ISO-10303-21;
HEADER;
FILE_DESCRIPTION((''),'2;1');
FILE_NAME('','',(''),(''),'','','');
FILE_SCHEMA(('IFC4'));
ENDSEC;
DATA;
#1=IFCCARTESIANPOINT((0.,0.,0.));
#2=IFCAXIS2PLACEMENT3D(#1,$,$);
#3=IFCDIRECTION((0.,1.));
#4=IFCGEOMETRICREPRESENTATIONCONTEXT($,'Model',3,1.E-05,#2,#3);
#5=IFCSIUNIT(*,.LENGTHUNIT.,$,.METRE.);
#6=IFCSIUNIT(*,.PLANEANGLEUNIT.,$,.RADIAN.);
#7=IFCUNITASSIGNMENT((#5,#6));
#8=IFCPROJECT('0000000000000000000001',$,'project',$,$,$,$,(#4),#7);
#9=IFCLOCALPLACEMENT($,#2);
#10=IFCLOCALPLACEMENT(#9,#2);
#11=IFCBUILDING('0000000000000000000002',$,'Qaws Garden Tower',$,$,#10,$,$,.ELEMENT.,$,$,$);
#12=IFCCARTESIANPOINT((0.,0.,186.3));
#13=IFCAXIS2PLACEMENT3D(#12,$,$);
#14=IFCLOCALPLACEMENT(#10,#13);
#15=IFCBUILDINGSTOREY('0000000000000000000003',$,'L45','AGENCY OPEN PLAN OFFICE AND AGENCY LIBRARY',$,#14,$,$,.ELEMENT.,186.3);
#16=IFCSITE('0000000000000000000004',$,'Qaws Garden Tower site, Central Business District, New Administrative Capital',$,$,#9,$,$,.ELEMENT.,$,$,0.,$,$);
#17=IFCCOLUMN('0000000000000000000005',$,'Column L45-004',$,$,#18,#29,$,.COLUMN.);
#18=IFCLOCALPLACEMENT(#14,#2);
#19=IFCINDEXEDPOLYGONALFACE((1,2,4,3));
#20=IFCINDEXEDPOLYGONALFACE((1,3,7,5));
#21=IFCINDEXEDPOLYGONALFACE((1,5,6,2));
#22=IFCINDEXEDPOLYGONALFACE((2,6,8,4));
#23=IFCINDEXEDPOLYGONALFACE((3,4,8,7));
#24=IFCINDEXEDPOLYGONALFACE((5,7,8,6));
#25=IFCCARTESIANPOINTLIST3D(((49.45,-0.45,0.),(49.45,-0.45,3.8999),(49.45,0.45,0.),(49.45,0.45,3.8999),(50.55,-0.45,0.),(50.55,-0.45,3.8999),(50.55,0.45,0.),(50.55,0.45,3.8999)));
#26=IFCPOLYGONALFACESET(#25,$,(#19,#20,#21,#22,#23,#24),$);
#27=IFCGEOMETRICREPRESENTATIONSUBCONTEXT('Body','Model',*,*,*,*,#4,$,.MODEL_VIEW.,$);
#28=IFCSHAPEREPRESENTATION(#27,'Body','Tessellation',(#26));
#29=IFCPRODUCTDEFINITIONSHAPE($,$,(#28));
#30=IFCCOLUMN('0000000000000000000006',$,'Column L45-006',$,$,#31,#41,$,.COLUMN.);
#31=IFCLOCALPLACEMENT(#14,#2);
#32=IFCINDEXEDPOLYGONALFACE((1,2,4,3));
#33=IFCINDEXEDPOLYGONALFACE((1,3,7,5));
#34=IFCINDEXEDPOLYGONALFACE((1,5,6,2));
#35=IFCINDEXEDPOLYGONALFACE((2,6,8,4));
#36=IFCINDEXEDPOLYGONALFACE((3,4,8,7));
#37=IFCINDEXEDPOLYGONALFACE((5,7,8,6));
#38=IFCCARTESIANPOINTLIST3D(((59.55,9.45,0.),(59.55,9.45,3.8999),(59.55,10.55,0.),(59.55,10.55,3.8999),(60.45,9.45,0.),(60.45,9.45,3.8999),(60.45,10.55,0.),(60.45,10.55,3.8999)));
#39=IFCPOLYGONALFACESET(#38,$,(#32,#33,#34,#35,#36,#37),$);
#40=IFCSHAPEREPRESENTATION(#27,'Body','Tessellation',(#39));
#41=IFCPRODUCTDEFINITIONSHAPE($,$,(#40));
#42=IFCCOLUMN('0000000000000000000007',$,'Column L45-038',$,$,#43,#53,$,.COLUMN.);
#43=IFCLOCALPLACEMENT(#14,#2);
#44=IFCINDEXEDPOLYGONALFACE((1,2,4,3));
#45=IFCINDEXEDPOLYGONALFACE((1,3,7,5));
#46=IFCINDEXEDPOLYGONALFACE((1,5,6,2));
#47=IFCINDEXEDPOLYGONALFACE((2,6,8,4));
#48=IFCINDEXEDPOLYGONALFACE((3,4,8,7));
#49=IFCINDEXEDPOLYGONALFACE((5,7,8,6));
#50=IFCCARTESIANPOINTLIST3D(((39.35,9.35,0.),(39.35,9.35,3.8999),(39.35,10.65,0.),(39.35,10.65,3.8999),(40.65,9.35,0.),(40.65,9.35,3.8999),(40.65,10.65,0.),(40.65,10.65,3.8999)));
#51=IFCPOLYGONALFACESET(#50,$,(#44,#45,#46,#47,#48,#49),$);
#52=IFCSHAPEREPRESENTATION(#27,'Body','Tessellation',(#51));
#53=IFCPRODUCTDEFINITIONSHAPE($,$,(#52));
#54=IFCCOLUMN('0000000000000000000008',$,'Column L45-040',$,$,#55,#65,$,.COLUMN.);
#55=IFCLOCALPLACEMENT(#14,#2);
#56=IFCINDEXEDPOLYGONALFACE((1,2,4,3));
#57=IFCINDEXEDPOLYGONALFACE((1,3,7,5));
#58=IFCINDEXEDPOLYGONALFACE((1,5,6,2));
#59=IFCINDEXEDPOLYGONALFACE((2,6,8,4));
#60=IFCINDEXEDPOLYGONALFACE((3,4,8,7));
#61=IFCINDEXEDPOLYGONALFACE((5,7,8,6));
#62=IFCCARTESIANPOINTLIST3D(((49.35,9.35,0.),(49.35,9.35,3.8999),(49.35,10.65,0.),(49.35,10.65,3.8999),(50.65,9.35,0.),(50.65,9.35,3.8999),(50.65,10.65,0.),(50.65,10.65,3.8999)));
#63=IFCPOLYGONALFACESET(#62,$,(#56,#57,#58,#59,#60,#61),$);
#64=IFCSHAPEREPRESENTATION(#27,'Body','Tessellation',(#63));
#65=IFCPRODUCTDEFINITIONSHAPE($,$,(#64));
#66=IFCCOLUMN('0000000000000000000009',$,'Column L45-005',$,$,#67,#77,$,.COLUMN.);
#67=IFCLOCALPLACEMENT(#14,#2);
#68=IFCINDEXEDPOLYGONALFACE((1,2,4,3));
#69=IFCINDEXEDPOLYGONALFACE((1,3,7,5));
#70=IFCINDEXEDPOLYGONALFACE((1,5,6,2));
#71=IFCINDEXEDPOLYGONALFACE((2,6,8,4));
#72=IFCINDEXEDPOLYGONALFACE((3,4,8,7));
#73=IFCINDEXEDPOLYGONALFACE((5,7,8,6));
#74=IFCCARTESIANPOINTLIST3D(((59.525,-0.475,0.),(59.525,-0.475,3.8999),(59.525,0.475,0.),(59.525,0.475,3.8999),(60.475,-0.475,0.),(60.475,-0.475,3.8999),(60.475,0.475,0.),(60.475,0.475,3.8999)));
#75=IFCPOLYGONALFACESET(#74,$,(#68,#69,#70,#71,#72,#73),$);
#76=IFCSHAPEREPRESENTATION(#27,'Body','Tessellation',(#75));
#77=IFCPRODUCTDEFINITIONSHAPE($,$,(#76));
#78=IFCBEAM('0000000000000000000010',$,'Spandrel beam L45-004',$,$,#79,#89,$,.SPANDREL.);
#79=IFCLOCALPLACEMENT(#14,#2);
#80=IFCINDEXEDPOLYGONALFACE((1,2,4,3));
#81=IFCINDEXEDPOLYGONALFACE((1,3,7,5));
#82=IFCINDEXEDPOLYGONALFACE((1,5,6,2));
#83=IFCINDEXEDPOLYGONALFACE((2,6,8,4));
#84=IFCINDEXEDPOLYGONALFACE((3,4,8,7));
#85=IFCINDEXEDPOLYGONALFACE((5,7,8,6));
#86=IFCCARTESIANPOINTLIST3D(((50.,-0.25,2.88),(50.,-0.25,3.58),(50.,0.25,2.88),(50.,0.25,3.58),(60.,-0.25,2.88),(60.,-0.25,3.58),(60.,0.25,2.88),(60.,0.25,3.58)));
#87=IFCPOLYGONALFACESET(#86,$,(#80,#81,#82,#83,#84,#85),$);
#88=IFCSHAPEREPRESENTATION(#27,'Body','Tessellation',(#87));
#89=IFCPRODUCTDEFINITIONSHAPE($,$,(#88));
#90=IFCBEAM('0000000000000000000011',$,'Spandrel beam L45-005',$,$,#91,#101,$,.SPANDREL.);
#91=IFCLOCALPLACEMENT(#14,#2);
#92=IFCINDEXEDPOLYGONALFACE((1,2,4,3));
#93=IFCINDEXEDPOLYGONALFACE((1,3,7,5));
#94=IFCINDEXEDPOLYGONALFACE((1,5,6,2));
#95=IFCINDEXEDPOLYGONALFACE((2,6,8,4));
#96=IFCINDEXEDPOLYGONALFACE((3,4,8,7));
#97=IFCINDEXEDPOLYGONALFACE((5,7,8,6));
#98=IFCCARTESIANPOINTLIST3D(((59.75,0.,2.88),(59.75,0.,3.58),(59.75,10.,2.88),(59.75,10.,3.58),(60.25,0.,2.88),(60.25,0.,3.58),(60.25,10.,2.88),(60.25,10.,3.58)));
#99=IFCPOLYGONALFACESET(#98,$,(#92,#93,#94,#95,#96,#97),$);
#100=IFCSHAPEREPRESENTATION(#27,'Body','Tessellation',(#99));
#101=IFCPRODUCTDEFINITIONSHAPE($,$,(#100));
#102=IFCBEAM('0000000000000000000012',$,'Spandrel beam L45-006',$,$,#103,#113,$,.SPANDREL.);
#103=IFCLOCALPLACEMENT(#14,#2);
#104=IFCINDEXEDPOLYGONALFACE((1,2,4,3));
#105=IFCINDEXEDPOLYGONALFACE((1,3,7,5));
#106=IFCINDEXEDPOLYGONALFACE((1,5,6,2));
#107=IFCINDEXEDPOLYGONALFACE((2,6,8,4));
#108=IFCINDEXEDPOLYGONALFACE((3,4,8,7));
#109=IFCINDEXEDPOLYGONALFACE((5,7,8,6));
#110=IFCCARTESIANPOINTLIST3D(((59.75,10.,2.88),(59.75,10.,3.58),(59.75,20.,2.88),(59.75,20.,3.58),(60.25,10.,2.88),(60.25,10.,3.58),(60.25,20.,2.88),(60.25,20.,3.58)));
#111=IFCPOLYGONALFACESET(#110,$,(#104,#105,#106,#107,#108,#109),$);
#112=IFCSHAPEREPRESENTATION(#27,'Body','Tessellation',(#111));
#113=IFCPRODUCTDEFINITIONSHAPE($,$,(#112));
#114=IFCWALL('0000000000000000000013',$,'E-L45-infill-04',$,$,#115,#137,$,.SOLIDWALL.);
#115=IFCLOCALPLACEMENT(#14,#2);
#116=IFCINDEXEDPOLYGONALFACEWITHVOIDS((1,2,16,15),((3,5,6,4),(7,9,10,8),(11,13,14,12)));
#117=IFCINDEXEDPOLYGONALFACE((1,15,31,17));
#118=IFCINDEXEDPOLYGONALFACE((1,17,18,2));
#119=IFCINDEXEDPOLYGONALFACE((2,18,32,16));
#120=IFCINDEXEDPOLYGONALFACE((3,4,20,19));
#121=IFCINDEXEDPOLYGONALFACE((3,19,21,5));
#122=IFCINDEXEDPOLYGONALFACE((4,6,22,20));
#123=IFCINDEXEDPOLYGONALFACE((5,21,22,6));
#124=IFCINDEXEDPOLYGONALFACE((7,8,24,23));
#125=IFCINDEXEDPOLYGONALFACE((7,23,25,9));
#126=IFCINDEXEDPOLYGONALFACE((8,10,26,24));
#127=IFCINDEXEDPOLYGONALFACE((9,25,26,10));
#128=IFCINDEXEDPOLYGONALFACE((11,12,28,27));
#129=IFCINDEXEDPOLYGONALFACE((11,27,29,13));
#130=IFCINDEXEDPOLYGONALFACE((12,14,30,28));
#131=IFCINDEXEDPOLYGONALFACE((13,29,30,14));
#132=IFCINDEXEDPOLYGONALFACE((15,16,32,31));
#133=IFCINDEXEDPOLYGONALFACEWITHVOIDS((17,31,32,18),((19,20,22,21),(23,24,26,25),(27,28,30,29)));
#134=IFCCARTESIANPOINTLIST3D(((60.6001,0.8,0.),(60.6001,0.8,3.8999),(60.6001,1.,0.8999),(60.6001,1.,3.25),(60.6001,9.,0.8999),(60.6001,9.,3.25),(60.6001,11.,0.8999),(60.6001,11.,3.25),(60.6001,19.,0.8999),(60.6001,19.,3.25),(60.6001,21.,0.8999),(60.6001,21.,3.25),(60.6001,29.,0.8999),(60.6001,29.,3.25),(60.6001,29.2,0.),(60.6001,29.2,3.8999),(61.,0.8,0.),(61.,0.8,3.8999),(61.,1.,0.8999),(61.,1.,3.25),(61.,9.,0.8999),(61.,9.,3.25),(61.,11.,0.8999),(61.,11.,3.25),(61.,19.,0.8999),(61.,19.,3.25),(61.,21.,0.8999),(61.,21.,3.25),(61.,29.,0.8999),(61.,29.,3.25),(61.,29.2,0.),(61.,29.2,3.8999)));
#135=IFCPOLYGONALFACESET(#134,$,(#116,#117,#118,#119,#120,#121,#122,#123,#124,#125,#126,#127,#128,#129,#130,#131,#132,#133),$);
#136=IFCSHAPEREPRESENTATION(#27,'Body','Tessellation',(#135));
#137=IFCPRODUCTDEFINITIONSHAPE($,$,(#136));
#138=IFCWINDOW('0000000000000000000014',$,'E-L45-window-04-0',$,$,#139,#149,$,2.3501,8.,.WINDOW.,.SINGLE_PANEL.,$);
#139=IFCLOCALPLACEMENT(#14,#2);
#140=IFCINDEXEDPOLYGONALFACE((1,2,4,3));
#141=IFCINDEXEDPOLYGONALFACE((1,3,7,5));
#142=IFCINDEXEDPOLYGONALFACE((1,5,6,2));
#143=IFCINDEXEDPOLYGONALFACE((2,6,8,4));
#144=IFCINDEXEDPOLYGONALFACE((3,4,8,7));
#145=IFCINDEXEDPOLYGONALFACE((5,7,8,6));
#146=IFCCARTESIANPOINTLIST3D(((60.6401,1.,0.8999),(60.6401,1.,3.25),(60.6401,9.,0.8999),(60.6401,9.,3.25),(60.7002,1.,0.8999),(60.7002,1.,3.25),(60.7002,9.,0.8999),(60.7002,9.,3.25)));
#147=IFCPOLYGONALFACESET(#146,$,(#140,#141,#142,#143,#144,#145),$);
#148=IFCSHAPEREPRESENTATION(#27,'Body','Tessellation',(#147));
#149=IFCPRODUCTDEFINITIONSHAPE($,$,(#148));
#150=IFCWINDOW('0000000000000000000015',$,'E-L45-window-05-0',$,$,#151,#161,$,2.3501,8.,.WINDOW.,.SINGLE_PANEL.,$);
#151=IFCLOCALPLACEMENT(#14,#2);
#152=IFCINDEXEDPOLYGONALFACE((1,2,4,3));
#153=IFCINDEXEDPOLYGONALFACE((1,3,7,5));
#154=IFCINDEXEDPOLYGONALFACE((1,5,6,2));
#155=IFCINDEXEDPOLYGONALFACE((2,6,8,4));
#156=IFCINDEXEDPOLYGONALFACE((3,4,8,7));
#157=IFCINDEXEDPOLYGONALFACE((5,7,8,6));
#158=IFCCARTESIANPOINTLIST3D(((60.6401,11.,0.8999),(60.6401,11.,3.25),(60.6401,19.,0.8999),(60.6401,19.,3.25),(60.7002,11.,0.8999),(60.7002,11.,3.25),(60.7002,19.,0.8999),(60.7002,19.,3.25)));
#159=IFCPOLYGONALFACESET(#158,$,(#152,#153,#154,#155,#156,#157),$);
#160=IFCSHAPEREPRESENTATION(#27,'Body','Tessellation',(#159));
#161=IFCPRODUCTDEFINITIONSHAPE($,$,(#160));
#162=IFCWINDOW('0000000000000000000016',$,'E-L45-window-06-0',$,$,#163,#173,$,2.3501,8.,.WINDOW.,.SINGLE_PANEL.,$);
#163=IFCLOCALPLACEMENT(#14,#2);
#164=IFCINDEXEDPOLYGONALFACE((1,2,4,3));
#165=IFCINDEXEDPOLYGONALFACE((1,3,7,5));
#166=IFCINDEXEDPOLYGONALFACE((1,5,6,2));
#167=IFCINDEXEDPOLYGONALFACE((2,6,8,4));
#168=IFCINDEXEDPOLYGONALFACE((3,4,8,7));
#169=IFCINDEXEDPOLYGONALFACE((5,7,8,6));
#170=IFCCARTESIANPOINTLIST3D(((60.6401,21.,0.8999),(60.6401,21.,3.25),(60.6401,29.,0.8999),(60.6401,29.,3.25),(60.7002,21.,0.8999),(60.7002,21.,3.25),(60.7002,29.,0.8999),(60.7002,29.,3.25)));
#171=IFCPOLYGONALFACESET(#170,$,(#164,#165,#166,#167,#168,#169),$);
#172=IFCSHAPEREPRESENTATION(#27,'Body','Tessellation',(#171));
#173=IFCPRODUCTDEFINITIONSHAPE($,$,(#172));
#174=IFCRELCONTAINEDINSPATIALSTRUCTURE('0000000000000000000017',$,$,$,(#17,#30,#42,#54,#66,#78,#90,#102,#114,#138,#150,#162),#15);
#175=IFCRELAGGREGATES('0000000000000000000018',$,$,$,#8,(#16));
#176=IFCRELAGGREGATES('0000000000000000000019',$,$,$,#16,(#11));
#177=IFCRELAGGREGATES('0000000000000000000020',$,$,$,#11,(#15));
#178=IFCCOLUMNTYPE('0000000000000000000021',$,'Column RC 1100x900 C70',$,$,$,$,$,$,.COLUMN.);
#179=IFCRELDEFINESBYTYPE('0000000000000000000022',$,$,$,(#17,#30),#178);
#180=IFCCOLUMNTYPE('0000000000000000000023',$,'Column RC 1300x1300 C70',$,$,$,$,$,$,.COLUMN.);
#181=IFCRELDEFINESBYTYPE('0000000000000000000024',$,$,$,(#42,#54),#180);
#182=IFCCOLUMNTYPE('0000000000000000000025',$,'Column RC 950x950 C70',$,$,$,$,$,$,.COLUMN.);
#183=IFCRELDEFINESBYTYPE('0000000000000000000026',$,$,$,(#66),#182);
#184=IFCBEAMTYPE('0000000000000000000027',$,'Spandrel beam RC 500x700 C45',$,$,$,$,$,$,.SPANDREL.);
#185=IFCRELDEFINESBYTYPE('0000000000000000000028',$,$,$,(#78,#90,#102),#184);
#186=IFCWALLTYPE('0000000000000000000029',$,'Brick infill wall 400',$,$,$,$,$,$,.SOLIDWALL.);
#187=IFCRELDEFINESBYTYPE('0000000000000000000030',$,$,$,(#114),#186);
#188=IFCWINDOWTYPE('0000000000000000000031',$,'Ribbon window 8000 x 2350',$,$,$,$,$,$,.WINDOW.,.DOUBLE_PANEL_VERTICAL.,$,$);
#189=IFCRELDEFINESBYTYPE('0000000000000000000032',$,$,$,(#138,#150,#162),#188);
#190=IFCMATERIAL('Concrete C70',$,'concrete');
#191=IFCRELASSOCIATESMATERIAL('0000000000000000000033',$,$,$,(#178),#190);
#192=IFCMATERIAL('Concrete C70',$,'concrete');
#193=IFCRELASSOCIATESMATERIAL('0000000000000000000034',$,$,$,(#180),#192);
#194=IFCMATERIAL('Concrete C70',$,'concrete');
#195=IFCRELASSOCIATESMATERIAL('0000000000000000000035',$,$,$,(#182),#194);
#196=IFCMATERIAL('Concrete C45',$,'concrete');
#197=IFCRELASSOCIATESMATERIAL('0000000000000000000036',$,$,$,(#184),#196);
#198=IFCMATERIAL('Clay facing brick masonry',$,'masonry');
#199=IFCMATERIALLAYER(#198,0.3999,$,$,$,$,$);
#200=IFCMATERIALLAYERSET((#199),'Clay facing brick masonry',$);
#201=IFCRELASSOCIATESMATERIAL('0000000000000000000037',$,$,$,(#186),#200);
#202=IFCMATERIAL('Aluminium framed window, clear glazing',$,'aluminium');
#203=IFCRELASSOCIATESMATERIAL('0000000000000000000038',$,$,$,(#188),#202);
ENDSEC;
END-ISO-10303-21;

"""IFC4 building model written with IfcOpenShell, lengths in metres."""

from ifc_helpers import new_model, si_unit, direction, frame, frame_2d, origin, origin_2d, place, context, subcontext, project, spatial, rectangle, extrude, material, layer, layer_set, material_profile, profile_set, type_object, element, fill, save


model = new_model("IFC4")

# Units and contexts
model_context = context("Model", 3, precision=1e-05, world=origin(), true_north=direction((0.0, 1.0)))
body_context = subcontext(model_context, "Body", "Model", "MODEL_VIEW")
ifc_project = project(units=[si_unit("LENGTHUNIT", "METRE"), si_unit("PLANEANGLEUNIT", "RADIAN")], contexts=[model_context])

# Site, building, storey
site_placement = place(None, origin())
site = spatial("IfcSite", under=ifc_project, at=site_placement, Name="Qaws Garden Tower site, Central Business District, New Administrative Capital", CompositionType="ELEMENT", RefElevation=0.0)
building_placement = place(site_placement, origin())
building = spatial("IfcBuilding", under=site, at=building_placement, Name="Qaws Garden Tower", CompositionType="ELEMENT")
storey_placement = place(building_placement, frame((0.0, 0.0, 186.3)))
storey = spatial("IfcBuildingStorey", under=building, at=storey_placement, Name="L45", Description="AGENCY OPEN PLAN OFFICE AND AGENCY LIBRARY", CompositionType="ELEMENT", Elevation=186.3)

# Columns
ifc_material_1 = material(Name="Concrete C70", Category="concrete")
ifc_material_profile_1 = material_profile(ifc_material_1, rectangle(XDim=1.1001, YDim=0.8999, at=origin_2d()), Name="RC 1100x900")
ifc_profile_set_1 = profile_set([ifc_material_profile_1], Name="Concrete C70")
column_type_1 = type_object("IfcColumnType", Name="Column RC 1100x900 C70", PredefinedType="COLUMN", material=ifc_profile_set_1)
for number, where, z_axis, x_axis, name in (
    (1, (50.0, 0.0, 0.0), (0.0, 0.0, 1.0), (1.0, 0.0, 0.0), "Column L45-004"),
    (2, (60.0, 10.0, 0.0), (0.0, 0.0, 1.0), (0.0, 1.0, 0.0), "Column L45-006"),
):
    element("IfcColumn", number, at=place(storey_placement, frame(where, z_axis=z_axis, x_axis=x_axis)), inside=storey, type_object=column_type_1, Name=name, PredefinedType="COLUMN", context=body_context, shape_type="SweptSolid", body=[
        extrude(rectangle(XDim=1.1001, YDim=0.8999, at=origin_2d()), origin(), (0.0, 0.0, 1.0), 3.8999),
    ])
ifc_material_2 = material(Name="Concrete C70", Category="concrete")
ifc_material_profile_2 = material_profile(ifc_material_2, rectangle(XDim=1.3, YDim=1.3, at=origin_2d()), Name="RC 1300x1300")
ifc_profile_set_2 = profile_set([ifc_material_profile_2], Name="Concrete C70")
column_type_2 = type_object("IfcColumnType", Name="Column RC 1300x1300 C70", PredefinedType="COLUMN", material=ifc_profile_set_2)
for number, where, z_axis, x_axis, name in (
    (3, (40.0, 10.0, 0.0), (0.0, 0.0, 1.0), (1.0, 0.0, 0.0), "Column L45-038"),
    (4, (50.0, 10.0, 0.0), (0.0, 0.0, 1.0), (1.0, 0.0, 0.0), "Column L45-040"),
):
    element("IfcColumn", number, at=place(storey_placement, frame(where, z_axis=z_axis, x_axis=x_axis)), inside=storey, type_object=column_type_2, Name=name, PredefinedType="COLUMN", context=body_context, shape_type="SweptSolid", body=[
        extrude(rectangle(XDim=1.3, YDim=1.3, at=origin_2d()), origin(), (0.0, 0.0, 1.0), 3.8999),
    ])
ifc_material_3 = material(Name="Concrete C70", Category="concrete")
ifc_material_profile_3 = material_profile(ifc_material_3, rectangle(XDim=0.95, YDim=0.95, at=origin_2d()), Name="RC 950x950")
ifc_profile_set_3 = profile_set([ifc_material_profile_3], Name="Concrete C70")
column_type_3 = type_object("IfcColumnType", Name="Column RC 950x950 C70", PredefinedType="COLUMN", material=ifc_profile_set_3)
column_placement = place(storey_placement, frame((60.0, 0.0, 0.0), z_axis=(0.0, 0.0, 1.0), x_axis=(1.0, 0.0, 0.0)))
element("IfcColumn", 5, at=column_placement, inside=storey, type_object=column_type_3, Name="Column L45-005", PredefinedType="COLUMN", context=body_context, shape_type="SweptSolid", body=[
    extrude(rectangle(XDim=0.95, YDim=0.95, at=origin_2d()), origin(), (0.0, 0.0, 1.0), 3.8999),
])

# Beams
ifc_material_4 = material(Name="Concrete C45", Category="concrete")
ifc_material_profile_4 = material_profile(ifc_material_4, rectangle(XDim=0.5, YDim=0.7, at=origin_2d()), Name="RC 500x700")
ifc_profile_set_4 = profile_set([ifc_material_profile_4], Name="Concrete C45")
beam_type = type_object("IfcBeamType", Name="Spandrel beam RC 500x700 C45", PredefinedType="SPANDREL", material=ifc_profile_set_4)
for number, where, z_axis, x_axis, name in (
    (6, (50.0, 0.0, 3.23), (1.0, 0.0, 0.0), (0.0, 1.0, 0.0), "Spandrel beam L45-004"),
    (7, (60.0, 0.0, 3.23), (0.0, 1.0, 0.0), (-1.0, 0.0, 0.0), "Spandrel beam L45-005"),
    (8, (60.0, 10.0, 3.23), (0.0, 1.0, 0.0), (-1.0, 0.0, 0.0), "Spandrel beam L45-006"),
):
    element("IfcBeam", number, at=place(storey_placement, frame(where, z_axis=z_axis, x_axis=x_axis)), inside=storey, type_object=beam_type, Name=name, PredefinedType="SPANDREL", context=body_context, shape_type="SweptSolid", body=[
        extrude(rectangle(XDim=0.5, YDim=0.7, at=origin_2d()), origin(), (0.0, 0.0, 1.0), 10.0),
    ])

# Wall, openings, windows
ifc_material_5 = material(Name="Clay facing brick masonry", Category="masonry")
ifc_layer_1 = layer(ifc_material_5, 0.3999)
ifc_layer_set_1 = layer_set([ifc_layer_1], Name="Clay facing brick masonry")
wall_type_1 = type_object("IfcWallType", Name="Brick infill wall 400", PredefinedType="SOLIDWALL", material=ifc_layer_set_1)
wall_1_placement = place(storey_placement, frame((60.8, 0.8, 0.0), z_axis=(0.0, 0.0, 1.0), x_axis=(0.0, 1.0, 0.0)))
wall_1 = element("IfcWall", 9, at=wall_1_placement, inside=storey, type_object=wall_type_1, Name="E-L45-infill-04", PredefinedType="SOLIDWALL", context=body_context, shape_type="SweptSolid", body=[
    extrude(rectangle(XDim=28.3999, YDim=0.3999, at=frame_2d((14.2, 0.0))), origin(), (0.0, 0.0, 1.0), 3.8999),
])
opening_1_placement = place(wall_1_placement, frame((0.2, 0.0, 0.8999)))
opening_1 = element("IfcOpeningElement", 10, at=opening_1_placement, cuts=wall_1, PredefinedType="OPENING", context=body_context, shape_type="SweptSolid", body=[
    extrude(rectangle(XDim=8.0, YDim=2.3501, at=frame_2d((4.0, 1.175))), frame((0.0, 0.21, 0.0), z_axis=(0.0, -1.0, 0.0), x_axis=(1.0, 0.0, 0.0)), (0.0, 0.0, 1.0), 0.4199),
])
opening_2_placement = place(wall_1_placement, frame((10.2, 0.0, 0.8999)))
opening_2 = element("IfcOpeningElement", 11, at=opening_2_placement, cuts=wall_1, PredefinedType="OPENING", context=body_context, shape_type="SweptSolid", body=[
    extrude(rectangle(XDim=8.0, YDim=2.3501, at=frame_2d((4.0, 1.175))), frame((0.0, 0.21, 0.0), z_axis=(0.0, -1.0, 0.0), x_axis=(1.0, 0.0, 0.0)), (0.0, 0.0, 1.0), 0.4199),
])
opening_3_placement = place(wall_1_placement, frame((20.2, 0.0, 0.8999)))
opening_3 = element("IfcOpeningElement", 12, at=opening_3_placement, cuts=wall_1, PredefinedType="OPENING", context=body_context, shape_type="SweptSolid", body=[
    extrude(rectangle(XDim=8.0, YDim=2.3501, at=frame_2d((4.0, 1.175))), frame((0.0, 0.21, 0.0), z_axis=(0.0, -1.0, 0.0), x_axis=(1.0, 0.0, 0.0)), (0.0, 0.0, 1.0), 0.4199),
])
ifc_material_6 = material(Name="Aluminium framed window, clear glazing", Category="aluminium")
window_type = type_object("IfcWindowType", Name="Ribbon window 8000 x 2350", PartitioningType="DOUBLE_PANEL_VERTICAL", PredefinedType="WINDOW", material=ifc_material_6)
window_1_placement = place(opening_1_placement, origin())
window_1 = element("IfcWindow", 13, at=window_1_placement, inside=storey, type_object=window_type, Name="E-L45-window-04-0", OverallHeight=2.3501, OverallWidth=8.0, PartitioningType="SINGLE_PANEL", PredefinedType="WINDOW", context=body_context, shape_type="SweptSolid", body=[
    extrude(rectangle(XDim=8.0, YDim=2.3501, at=frame_2d((4.0, 1.175))), frame((0.0, 0.1599, 0.0), z_axis=(0.0, -1.0, 0.0), x_axis=(1.0, 0.0, 0.0)), (0.0, 0.0, 1.0), 0.0601),
])
fill(opening_1, window_1)
window_2_placement = place(opening_2_placement, origin())
window_2 = element("IfcWindow", 14, at=window_2_placement, inside=storey, type_object=window_type, Name="E-L45-window-05-0", OverallHeight=2.3501, OverallWidth=8.0, PartitioningType="SINGLE_PANEL", PredefinedType="WINDOW", context=body_context, shape_type="SweptSolid", body=[
    extrude(rectangle(XDim=8.0, YDim=2.3501, at=frame_2d((4.0, 1.175))), frame((0.0, 0.1599, 0.0), z_axis=(0.0, -1.0, 0.0), x_axis=(1.0, 0.0, 0.0)), (0.0, 0.0, 1.0), 0.0601),
])
fill(opening_2, window_2)
window_3_placement = place(opening_3_placement, origin())
window_3 = element("IfcWindow", 15, at=window_3_placement, inside=storey, type_object=window_type, Name="E-L45-window-06-0", OverallHeight=2.3501, OverallWidth=8.0, PartitioningType="SINGLE_PANEL", PredefinedType="WINDOW", context=body_context, shape_type="SweptSolid", body=[
    extrude(rectangle(XDim=8.0, YDim=2.3501, at=frame_2d((4.0, 1.175))), frame((0.0, 0.1599, 0.0), z_axis=(0.0, -1.0, 0.0), x_axis=(1.0, 0.0, 0.0)), (0.0, 0.0, 1.0), 0.0601),
])
fill(opening_3, window_3)

save(model, "model.ifc")
